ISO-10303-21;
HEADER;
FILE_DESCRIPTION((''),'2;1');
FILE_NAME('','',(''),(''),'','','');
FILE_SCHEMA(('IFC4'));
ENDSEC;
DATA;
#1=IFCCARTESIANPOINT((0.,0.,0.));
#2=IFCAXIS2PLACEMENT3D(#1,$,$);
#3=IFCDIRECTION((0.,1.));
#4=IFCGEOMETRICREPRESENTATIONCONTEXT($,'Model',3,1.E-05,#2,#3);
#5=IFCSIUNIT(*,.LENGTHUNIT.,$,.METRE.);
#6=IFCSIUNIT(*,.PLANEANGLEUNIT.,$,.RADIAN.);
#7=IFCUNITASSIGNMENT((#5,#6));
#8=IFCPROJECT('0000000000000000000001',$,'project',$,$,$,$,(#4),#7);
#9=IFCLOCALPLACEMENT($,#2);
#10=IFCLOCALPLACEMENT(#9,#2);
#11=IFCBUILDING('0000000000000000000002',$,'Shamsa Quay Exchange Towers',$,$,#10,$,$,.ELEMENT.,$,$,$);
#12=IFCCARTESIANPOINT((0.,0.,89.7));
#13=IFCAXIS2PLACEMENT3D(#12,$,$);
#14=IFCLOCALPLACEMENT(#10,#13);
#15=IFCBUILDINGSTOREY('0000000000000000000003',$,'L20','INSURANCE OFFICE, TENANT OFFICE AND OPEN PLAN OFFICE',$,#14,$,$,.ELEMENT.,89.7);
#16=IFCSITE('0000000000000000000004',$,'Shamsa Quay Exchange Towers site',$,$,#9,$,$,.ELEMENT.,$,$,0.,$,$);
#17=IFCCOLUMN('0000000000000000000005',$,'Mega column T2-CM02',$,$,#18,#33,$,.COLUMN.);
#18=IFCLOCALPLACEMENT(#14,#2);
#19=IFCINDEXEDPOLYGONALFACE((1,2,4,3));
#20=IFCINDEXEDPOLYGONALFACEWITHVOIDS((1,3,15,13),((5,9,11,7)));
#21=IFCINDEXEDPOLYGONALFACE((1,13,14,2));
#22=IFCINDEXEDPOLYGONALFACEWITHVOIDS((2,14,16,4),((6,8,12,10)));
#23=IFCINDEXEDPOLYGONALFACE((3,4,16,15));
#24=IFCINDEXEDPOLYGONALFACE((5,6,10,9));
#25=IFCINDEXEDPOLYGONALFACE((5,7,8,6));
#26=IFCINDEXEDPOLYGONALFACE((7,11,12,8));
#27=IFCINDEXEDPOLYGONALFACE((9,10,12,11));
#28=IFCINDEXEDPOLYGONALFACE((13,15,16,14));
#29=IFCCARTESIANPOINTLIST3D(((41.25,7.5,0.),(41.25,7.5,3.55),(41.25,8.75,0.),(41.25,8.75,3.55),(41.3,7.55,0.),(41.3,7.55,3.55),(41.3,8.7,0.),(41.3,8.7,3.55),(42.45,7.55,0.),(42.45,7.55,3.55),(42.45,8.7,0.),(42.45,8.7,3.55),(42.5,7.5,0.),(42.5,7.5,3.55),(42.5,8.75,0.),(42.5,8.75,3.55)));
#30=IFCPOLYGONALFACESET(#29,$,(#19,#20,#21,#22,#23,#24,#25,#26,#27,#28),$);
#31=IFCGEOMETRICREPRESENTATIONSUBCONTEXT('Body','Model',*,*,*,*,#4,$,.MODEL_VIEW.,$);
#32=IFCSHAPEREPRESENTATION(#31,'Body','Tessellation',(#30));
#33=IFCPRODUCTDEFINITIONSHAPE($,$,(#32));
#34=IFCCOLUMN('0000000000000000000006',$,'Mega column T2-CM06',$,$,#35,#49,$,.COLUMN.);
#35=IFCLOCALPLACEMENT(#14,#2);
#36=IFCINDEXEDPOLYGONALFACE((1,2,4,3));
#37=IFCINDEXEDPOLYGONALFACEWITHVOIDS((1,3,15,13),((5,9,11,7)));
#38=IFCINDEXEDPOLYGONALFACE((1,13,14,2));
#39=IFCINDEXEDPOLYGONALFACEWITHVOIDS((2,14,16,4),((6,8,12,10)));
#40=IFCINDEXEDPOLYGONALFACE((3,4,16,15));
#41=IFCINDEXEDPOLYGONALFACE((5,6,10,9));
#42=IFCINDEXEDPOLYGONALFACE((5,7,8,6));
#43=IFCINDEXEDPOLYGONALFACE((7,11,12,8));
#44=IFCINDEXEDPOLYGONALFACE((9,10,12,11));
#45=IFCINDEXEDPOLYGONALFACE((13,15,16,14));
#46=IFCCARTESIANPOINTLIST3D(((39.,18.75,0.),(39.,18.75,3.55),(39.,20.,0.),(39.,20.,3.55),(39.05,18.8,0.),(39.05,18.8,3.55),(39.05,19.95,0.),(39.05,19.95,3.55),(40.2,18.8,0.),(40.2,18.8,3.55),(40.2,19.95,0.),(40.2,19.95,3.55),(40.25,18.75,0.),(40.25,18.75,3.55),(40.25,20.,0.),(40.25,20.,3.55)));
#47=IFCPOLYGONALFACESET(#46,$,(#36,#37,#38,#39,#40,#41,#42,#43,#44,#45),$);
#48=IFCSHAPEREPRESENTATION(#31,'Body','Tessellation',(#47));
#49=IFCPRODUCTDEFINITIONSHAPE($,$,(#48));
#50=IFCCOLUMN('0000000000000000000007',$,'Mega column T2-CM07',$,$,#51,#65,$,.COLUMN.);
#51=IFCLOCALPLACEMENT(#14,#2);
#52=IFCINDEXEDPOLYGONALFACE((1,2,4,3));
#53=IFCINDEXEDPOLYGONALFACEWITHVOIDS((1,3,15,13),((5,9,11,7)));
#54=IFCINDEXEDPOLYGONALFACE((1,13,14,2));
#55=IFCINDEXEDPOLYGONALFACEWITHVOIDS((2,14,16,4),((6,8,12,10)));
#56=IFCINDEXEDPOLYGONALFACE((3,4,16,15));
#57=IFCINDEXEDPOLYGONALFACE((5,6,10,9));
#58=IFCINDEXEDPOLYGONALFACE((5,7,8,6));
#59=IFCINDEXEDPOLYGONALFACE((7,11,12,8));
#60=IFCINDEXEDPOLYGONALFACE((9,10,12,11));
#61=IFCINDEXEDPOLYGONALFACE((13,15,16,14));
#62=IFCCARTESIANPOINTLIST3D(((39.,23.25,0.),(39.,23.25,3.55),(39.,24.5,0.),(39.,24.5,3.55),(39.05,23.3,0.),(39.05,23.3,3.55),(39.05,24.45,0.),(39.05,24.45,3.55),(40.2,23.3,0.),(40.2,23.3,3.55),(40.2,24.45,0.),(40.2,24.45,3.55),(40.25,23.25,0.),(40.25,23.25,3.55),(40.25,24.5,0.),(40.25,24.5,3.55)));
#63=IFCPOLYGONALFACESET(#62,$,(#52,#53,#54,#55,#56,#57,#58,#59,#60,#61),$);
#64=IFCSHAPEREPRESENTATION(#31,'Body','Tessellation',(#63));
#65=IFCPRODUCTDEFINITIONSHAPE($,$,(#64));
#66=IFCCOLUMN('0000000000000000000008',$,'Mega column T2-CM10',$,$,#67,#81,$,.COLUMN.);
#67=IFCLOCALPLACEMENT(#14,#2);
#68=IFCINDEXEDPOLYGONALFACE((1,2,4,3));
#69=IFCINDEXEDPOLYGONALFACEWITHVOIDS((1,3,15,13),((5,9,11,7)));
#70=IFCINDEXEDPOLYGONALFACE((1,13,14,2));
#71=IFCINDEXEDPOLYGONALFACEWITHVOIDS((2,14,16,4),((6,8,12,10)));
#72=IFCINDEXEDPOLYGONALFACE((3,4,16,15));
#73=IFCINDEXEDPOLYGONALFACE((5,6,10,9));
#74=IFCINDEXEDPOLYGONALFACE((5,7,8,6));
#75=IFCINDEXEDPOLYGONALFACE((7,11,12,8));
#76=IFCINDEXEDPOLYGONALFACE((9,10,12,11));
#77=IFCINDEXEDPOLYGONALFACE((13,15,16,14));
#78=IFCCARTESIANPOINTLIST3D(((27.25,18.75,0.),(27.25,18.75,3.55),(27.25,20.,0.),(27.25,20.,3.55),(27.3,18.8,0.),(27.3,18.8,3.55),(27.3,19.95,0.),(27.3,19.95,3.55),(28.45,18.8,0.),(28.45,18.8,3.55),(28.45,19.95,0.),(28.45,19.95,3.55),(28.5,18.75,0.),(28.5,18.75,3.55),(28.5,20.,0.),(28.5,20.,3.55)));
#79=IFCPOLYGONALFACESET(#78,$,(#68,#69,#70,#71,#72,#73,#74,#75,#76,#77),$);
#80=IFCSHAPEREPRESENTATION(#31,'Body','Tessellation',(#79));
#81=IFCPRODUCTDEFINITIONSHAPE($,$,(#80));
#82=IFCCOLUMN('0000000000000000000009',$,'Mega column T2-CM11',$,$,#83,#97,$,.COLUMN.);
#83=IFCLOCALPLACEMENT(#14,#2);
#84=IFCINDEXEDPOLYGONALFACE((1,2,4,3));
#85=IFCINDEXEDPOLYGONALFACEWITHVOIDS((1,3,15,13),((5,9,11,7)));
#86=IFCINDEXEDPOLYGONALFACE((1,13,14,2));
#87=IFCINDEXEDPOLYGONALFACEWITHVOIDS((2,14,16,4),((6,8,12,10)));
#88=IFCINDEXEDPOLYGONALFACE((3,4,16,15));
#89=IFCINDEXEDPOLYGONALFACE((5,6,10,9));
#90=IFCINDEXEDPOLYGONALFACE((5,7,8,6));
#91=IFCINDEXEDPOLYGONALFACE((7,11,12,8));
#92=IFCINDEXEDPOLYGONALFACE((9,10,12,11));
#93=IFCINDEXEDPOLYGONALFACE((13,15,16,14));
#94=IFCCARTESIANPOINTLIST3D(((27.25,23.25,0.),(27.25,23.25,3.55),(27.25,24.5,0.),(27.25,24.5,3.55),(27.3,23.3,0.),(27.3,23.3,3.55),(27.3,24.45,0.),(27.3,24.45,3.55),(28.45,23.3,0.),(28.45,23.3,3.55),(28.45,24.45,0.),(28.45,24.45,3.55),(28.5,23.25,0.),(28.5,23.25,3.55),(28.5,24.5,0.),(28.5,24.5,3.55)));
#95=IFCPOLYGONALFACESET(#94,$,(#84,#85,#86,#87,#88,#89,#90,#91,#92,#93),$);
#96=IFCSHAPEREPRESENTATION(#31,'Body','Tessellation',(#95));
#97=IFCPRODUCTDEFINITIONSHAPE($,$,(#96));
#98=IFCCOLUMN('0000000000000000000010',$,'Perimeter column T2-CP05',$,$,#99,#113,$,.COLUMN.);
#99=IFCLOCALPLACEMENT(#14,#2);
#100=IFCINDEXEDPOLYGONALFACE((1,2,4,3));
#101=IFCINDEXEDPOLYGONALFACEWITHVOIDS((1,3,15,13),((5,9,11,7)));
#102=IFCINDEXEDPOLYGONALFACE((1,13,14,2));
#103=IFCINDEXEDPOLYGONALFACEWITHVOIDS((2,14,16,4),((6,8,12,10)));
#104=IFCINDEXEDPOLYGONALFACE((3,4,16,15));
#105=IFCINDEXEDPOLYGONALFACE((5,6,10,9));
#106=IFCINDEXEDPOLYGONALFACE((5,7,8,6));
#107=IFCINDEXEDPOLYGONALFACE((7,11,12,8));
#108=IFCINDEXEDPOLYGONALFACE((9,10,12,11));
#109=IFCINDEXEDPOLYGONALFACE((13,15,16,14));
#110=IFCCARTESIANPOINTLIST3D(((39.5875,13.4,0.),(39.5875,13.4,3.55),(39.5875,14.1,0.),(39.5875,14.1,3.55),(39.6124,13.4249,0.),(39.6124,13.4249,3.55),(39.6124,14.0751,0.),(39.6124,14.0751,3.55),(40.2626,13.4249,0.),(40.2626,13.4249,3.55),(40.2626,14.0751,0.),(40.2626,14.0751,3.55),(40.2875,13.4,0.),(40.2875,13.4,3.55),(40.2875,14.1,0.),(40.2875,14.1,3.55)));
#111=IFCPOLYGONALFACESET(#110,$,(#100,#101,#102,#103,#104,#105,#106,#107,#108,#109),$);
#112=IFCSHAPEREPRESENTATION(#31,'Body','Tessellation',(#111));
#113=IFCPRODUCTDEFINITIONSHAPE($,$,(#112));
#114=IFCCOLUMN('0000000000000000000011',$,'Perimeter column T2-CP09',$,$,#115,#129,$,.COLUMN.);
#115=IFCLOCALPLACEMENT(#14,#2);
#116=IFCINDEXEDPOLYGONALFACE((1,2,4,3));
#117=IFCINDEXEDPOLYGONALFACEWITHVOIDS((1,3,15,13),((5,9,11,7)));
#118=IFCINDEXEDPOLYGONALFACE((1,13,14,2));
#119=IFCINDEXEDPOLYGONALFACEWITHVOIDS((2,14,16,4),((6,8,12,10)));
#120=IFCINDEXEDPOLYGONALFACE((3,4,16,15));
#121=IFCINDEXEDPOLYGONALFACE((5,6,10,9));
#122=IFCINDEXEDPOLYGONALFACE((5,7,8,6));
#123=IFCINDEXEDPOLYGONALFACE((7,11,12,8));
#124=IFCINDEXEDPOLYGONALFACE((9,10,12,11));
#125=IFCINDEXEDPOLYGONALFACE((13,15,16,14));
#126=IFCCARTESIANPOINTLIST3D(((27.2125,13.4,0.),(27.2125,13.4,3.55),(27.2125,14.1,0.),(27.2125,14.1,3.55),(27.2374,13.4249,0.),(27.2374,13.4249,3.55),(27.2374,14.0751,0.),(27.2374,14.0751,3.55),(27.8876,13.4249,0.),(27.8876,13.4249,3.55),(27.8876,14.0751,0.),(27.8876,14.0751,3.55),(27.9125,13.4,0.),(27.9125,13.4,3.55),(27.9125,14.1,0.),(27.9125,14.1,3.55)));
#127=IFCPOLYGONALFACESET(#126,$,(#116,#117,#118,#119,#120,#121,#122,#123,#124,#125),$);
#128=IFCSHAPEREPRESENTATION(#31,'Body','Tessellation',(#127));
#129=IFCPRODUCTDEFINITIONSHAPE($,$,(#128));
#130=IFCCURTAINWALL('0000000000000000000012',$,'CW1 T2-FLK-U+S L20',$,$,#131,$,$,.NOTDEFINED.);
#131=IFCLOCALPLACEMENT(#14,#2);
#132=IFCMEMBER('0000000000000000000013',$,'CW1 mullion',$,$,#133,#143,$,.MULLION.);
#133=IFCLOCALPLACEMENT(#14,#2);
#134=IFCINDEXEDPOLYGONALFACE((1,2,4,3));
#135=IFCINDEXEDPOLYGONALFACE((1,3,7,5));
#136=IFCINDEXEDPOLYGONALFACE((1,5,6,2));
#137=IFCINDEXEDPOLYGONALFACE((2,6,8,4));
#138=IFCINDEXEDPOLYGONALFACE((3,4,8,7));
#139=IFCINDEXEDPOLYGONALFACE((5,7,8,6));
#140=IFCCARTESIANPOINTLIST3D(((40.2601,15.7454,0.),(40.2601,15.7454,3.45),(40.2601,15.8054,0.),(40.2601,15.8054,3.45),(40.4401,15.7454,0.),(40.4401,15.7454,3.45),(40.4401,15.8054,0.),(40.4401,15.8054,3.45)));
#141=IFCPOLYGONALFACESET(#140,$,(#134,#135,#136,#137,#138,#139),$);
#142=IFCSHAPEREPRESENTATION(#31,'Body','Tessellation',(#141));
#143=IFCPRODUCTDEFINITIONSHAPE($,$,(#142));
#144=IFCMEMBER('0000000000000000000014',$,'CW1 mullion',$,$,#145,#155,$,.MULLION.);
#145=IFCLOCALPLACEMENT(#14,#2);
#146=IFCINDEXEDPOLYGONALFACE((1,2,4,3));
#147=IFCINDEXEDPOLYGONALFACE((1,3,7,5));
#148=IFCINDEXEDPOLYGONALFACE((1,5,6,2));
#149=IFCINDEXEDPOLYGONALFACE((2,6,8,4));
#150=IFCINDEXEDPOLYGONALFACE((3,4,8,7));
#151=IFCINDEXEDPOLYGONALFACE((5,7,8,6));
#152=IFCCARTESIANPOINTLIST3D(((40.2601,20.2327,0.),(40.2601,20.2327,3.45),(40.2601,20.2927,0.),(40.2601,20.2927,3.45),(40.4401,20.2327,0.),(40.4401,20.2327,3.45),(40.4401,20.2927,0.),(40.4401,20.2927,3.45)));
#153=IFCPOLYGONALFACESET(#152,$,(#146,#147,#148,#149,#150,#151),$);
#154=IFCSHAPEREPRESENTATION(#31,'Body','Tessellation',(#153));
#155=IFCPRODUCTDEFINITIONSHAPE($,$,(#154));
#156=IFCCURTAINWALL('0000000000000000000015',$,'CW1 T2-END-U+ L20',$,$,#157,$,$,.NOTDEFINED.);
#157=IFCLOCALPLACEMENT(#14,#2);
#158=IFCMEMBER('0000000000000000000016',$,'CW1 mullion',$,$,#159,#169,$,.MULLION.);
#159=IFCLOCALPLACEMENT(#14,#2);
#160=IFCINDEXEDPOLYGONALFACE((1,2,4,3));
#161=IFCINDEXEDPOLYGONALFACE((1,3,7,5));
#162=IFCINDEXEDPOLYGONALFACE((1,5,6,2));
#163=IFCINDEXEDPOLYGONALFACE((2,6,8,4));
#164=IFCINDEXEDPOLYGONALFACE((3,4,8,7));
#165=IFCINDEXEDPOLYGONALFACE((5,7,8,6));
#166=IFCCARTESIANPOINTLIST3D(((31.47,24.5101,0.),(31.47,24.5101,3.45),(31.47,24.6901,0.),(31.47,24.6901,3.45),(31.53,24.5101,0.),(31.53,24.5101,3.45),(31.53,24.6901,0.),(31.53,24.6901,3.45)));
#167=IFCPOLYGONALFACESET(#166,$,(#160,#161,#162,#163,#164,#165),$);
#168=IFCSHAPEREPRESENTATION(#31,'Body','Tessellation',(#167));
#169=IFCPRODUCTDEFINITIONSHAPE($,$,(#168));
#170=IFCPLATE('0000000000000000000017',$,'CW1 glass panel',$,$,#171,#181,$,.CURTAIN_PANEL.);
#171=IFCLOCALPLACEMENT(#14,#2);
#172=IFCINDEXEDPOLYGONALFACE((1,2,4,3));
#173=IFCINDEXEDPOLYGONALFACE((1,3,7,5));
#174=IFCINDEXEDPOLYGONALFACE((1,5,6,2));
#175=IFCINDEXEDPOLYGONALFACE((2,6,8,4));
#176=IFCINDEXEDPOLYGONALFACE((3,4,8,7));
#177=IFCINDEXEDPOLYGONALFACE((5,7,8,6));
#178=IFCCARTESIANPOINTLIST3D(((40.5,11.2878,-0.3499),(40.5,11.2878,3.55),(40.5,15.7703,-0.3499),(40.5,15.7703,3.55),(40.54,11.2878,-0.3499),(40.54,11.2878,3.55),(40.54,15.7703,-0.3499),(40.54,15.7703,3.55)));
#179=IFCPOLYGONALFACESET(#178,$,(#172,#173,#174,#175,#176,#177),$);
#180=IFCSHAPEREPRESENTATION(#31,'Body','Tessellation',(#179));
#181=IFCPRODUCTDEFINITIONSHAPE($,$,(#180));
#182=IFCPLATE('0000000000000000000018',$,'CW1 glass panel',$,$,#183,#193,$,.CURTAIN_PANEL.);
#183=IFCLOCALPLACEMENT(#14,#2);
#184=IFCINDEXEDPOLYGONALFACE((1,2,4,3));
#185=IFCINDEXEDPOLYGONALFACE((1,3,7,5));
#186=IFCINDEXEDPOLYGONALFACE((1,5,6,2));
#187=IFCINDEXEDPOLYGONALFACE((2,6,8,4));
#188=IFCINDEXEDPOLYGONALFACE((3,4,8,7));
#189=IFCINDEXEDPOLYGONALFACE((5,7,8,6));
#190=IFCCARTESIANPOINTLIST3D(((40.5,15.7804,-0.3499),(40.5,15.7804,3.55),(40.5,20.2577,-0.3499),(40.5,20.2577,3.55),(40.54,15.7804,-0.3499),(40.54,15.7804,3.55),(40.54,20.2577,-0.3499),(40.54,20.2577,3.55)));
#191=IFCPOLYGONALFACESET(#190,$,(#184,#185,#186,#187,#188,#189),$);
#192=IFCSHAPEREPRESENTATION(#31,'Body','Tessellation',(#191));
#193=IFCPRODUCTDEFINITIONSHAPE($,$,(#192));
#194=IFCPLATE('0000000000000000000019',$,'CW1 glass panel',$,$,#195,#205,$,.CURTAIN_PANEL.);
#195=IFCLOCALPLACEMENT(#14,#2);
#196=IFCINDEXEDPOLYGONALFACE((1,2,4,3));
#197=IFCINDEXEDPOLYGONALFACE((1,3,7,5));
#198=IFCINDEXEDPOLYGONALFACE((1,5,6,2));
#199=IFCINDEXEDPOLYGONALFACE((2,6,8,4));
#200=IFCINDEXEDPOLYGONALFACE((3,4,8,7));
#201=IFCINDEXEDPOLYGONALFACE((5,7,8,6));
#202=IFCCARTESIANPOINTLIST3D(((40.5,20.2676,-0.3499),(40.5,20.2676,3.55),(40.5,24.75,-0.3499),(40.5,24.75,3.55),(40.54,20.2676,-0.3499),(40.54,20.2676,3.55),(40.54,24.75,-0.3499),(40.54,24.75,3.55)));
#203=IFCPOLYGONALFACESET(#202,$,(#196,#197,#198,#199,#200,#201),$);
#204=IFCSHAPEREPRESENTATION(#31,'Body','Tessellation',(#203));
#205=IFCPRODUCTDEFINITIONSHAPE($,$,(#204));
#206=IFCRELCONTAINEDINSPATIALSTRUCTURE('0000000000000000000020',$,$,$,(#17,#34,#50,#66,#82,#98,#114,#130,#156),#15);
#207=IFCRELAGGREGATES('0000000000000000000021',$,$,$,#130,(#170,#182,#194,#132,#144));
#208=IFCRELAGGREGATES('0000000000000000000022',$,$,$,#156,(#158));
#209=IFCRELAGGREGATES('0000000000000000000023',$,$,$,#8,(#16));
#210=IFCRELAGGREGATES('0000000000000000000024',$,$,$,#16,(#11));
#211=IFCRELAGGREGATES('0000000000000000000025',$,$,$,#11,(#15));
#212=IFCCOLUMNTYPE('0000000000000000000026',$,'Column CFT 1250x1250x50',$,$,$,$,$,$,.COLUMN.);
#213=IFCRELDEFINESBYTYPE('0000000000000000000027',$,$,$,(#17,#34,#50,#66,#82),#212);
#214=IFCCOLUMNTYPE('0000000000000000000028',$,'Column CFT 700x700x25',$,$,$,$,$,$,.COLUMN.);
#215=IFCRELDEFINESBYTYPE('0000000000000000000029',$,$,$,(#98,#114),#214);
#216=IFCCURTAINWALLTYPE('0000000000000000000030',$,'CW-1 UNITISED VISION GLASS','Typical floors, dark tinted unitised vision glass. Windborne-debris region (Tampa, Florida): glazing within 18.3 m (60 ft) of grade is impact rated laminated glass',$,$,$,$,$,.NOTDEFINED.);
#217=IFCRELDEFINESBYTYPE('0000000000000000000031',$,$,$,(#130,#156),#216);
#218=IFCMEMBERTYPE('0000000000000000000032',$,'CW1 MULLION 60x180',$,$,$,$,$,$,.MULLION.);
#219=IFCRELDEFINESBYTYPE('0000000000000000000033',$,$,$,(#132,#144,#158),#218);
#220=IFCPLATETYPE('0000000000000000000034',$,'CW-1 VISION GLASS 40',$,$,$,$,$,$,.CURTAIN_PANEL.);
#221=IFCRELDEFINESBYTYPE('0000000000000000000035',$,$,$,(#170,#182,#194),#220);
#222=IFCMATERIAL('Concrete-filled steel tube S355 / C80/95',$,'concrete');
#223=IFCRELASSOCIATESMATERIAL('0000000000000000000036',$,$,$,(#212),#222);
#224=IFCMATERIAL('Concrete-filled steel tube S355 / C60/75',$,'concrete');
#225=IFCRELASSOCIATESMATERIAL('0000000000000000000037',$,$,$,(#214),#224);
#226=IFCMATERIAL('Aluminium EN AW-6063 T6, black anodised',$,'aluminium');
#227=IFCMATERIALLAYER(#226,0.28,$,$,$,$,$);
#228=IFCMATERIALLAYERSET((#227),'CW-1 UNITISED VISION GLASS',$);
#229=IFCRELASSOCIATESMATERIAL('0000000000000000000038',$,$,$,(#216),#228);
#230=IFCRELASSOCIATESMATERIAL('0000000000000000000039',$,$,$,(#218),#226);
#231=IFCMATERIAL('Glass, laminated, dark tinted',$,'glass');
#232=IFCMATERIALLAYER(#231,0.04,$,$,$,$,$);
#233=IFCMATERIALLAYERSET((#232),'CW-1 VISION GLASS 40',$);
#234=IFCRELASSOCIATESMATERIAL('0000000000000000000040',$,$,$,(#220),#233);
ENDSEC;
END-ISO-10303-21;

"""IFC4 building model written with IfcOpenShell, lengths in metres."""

from ifc_helpers import new_model, si_unit, direction, frame, origin, origin_2d, place, context, subcontext, project, spatial, rectangle, hollow_rectangle, extrude, material, layer, layer_set, material_profile, profile_set, type_object, element, aggregate, save


model = new_model("IFC4")

# Units and contexts
model_context = context("Model", 3, precision=1e-05, world=origin(), true_north=direction((0.0, 1.0)))
body_context = subcontext(model_context, "Body", "Model", "MODEL_VIEW")
ifc_project = project(units=[si_unit("LENGTHUNIT", "METRE"), si_unit("PLANEANGLEUNIT", "RADIAN")], contexts=[model_context])

# Site, building, storey
site_placement = place(None, origin())
site = spatial("IfcSite", under=ifc_project, at=site_placement, Name="Shamsa Quay Exchange Towers site", CompositionType="ELEMENT", RefElevation=0.0)
building_placement = place(site_placement, origin())
building = spatial("IfcBuilding", under=site, at=building_placement, Name="Shamsa Quay Exchange Towers", CompositionType="ELEMENT")
storey_placement = place(building_placement, frame((0.0, 0.0, 89.7)))
storey = spatial("IfcBuildingStorey", under=building, at=storey_placement, Name="L20", Description="INSURANCE OFFICE, TENANT OFFICE AND OPEN PLAN OFFICE", CompositionType="ELEMENT", Elevation=89.7)

# Columns
ifc_material_1 = material(Name="Concrete-filled steel tube S355 / C80/95", Category="concrete")
ifc_material_profile_1 = material_profile(ifc_material_1, hollow_rectangle(XDim=1.25, YDim=1.25, WallThickness=0.05, at=origin_2d()), Name="CFT 1250x1250x50")
ifc_profile_set_1 = profile_set([ifc_material_profile_1], Name="Concrete-filled steel tube S355 / C80/95")
column_type_1 = type_object("IfcColumnType", Name="Column CFT 1250x1250x50", PredefinedType="COLUMN", material=ifc_profile_set_1)
for number, where, name in (
    (1, (41.875, 8.125, 0.0), "Mega column T2-CM02"),
    (2, (39.625, 19.375, 0.0), "Mega column T2-CM06"),
    (3, (39.625, 23.875, 0.0), "Mega column T2-CM07"),
    (4, (27.875, 19.375, 0.0), "Mega column T2-CM10"),
    (5, (27.875, 23.875, 0.0), "Mega column T2-CM11"),
):
    element("IfcColumn", number, at=place(storey_placement, frame(where)), inside=storey, type_object=column_type_1, Name=name, PredefinedType="COLUMN", context=body_context, shape_type="SweptSolid", body=[
        extrude(hollow_rectangle(XDim=1.25, YDim=1.25, WallThickness=0.05, at=origin_2d()), origin(), (0.0, 0.0, 1.0), 3.55),
    ])
ifc_material_2 = material(Name="Concrete-filled steel tube S355 / C60/75", Category="concrete")
ifc_material_profile_2 = material_profile(ifc_material_2, hollow_rectangle(XDim=0.7, YDim=0.7, WallThickness=0.0249, at=origin_2d()), Name="CFT 700x700x25")
ifc_profile_set_2 = profile_set([ifc_material_profile_2], Name="Concrete-filled steel tube S355 / C60/75")
column_type_2 = type_object("IfcColumnType", Name="Column CFT 700x700x25", PredefinedType="COLUMN", material=ifc_profile_set_2)
for number, where, name in (
    (6, (39.9375, 13.75, 0.0), "Perimeter column T2-CP05"),
    (7, (27.5625, 13.75, 0.0), "Perimeter column T2-CP09"),
):
    element("IfcColumn", number, at=place(storey_placement, frame(where)), inside=storey, type_object=column_type_2, Name=name, PredefinedType="COLUMN", context=body_context, shape_type="SweptSolid", body=[
        extrude(hollow_rectangle(XDim=0.7, YDim=0.7, WallThickness=0.0249, at=origin_2d()), origin(), (0.0, 0.0, 1.0), 3.55),
    ])

# Curtain wall, members
ifc_material_3 = material(Name="Aluminium EN AW-6063 T6, black anodised", Category="aluminium")
ifc_layer_1 = layer(ifc_material_3, 0.28)
ifc_layer_set_1 = layer_set([ifc_layer_1], Name="CW-1 UNITISED VISION GLASS")
curtain_wall_type_1 = type_object("IfcCurtainWallType", Name="CW-1 UNITISED VISION GLASS", Description="Typical floors, dark tinted unitised vision glass. Windborne-debris region (Tampa, Florida): glazing within 18.3 m (60 ft) of grade is impact rated laminated glass", PredefinedType="NOTDEFINED", material=ifc_layer_set_1)
curtain_wall_1_placement = place(storey_placement, origin())
curtain_wall_1 = element("IfcCurtainWall", 8, at=curtain_wall_1_placement, inside=storey, type_object=curtain_wall_type_1, Name="CW1 T2-FLK-U+S L20", PredefinedType="NOTDEFINED")
ifc_material_profile_3 = material_profile(ifc_material_3, rectangle(XDim=0.1799, YDim=0.0601, at=origin_2d()), Name="MU60x180")
ifc_profile_set_3 = profile_set([ifc_material_profile_3], Name="Aluminium EN AW-6063 T6, black anodised")
member_type = type_object("IfcMemberType", Name="CW1 MULLION 60x180", PredefinedType="MULLION", material=ifc_profile_set_3)
member_1_placement = place(storey_placement, frame((40.3501, 15.7754, 0.0), z_axis=(0.0, 0.0, 1.0), x_axis=(-1.0, 0.0, 0.0)))
member_1 = element("IfcMember", 9, at=member_1_placement, type_object=member_type, Name="CW1 mullion", PredefinedType="MULLION", context=body_context, shape_type="SweptSolid", body=[
    extrude(rectangle(XDim=0.1799, YDim=0.0601, at=origin_2d()), origin(), (0.0, 0.0, 1.0), 3.45),
])
member_2_placement = place(storey_placement, frame((40.3501, 20.2627, 0.0), z_axis=(0.0, 0.0, 1.0), x_axis=(-1.0, 0.0, 0.0)))
member_2 = element("IfcMember", 10, at=member_2_placement, type_object=member_type, Name="CW1 mullion", PredefinedType="MULLION", context=body_context, shape_type="SweptSolid", body=[
    extrude(rectangle(XDim=0.1799, YDim=0.0601, at=origin_2d()), origin(), (0.0, 0.0, 1.0), 3.45),
])

# Curtain wall, member
curtain_wall_2_placement = place(storey_placement, origin())
curtain_wall_2 = element("IfcCurtainWall", 11, at=curtain_wall_2_placement, inside=storey, type_object=curtain_wall_type_1, Name="CW1 T2-END-U+ L20", PredefinedType="NOTDEFINED")
member_3_placement = place(storey_placement, frame((31.5, 24.6001, 0.0), z_axis=(0.0, 0.0, 1.0), x_axis=(0.0, -1.0, 0.0)))
member_3 = element("IfcMember", 12, at=member_3_placement, type_object=member_type, Name="CW1 mullion", PredefinedType="MULLION", context=body_context, shape_type="SweptSolid", body=[
    extrude(rectangle(XDim=0.1799, YDim=0.0601, at=origin_2d()), origin(), (0.0, 0.0, 1.0), 3.45),
])

# Plates
ifc_material_4 = material(Name="Glass, laminated, dark tinted", Category="glass")
ifc_layer_2 = layer(ifc_material_4, 0.04)
ifc_layer_set_2 = layer_set([ifc_layer_2], Name="CW-1 VISION GLASS 40")
plate_type_1 = type_object("IfcPlateType", Name="CW-1 VISION GLASS 40", PredefinedType="CURTAIN_PANEL", material=ifc_layer_set_2)
plate_1_placement = place(storey_placement, frame((40.52, 13.5291, -0.3499), z_axis=(0.0, 0.0, 1.0), x_axis=(0.0, 1.0, 0.0)))
plate_1 = element("IfcPlate", 13, at=plate_1_placement, type_object=plate_type_1, Name="CW1 glass panel", PredefinedType="CURTAIN_PANEL", context=body_context, shape_type="SweptSolid", body=[
    extrude(rectangle(XDim=4.4824, YDim=0.04, at=origin_2d()), origin(), (0.0, 0.0, 1.0), 3.8999),
])
plate_2_placement = place(storey_placement, frame((40.52, 18.019, -0.3499), z_axis=(0.0, 0.0, 1.0), x_axis=(0.0, 1.0, 0.0)))
plate_2 = element("IfcPlate", 14, at=plate_2_placement, type_object=plate_type_1, Name="CW1 glass panel", PredefinedType="CURTAIN_PANEL", context=body_context, shape_type="SweptSolid", body=[
    extrude(rectangle(XDim=4.4773, YDim=0.04, at=origin_2d()), origin(), (0.0, 0.0, 1.0), 3.8999),
])
plate_3_placement = place(storey_placement, frame((40.52, 22.5088, -0.3499), z_axis=(0.0, 0.0, 1.0), x_axis=(0.0, 1.0, 0.0)))
plate_3 = element("IfcPlate", 15, at=plate_3_placement, type_object=plate_type_1, Name="CW1 glass panel", PredefinedType="CURTAIN_PANEL", context=body_context, shape_type="SweptSolid", body=[
    extrude(rectangle(XDim=4.4824, YDim=0.04, at=origin_2d()), origin(), (0.0, 0.0, 1.0), 3.8999),
])
aggregate(curtain_wall_1, [plate_1, plate_2, plate_3, member_1, member_2])
aggregate(curtain_wall_2, [member_3])

save(model, "model.ifc")
